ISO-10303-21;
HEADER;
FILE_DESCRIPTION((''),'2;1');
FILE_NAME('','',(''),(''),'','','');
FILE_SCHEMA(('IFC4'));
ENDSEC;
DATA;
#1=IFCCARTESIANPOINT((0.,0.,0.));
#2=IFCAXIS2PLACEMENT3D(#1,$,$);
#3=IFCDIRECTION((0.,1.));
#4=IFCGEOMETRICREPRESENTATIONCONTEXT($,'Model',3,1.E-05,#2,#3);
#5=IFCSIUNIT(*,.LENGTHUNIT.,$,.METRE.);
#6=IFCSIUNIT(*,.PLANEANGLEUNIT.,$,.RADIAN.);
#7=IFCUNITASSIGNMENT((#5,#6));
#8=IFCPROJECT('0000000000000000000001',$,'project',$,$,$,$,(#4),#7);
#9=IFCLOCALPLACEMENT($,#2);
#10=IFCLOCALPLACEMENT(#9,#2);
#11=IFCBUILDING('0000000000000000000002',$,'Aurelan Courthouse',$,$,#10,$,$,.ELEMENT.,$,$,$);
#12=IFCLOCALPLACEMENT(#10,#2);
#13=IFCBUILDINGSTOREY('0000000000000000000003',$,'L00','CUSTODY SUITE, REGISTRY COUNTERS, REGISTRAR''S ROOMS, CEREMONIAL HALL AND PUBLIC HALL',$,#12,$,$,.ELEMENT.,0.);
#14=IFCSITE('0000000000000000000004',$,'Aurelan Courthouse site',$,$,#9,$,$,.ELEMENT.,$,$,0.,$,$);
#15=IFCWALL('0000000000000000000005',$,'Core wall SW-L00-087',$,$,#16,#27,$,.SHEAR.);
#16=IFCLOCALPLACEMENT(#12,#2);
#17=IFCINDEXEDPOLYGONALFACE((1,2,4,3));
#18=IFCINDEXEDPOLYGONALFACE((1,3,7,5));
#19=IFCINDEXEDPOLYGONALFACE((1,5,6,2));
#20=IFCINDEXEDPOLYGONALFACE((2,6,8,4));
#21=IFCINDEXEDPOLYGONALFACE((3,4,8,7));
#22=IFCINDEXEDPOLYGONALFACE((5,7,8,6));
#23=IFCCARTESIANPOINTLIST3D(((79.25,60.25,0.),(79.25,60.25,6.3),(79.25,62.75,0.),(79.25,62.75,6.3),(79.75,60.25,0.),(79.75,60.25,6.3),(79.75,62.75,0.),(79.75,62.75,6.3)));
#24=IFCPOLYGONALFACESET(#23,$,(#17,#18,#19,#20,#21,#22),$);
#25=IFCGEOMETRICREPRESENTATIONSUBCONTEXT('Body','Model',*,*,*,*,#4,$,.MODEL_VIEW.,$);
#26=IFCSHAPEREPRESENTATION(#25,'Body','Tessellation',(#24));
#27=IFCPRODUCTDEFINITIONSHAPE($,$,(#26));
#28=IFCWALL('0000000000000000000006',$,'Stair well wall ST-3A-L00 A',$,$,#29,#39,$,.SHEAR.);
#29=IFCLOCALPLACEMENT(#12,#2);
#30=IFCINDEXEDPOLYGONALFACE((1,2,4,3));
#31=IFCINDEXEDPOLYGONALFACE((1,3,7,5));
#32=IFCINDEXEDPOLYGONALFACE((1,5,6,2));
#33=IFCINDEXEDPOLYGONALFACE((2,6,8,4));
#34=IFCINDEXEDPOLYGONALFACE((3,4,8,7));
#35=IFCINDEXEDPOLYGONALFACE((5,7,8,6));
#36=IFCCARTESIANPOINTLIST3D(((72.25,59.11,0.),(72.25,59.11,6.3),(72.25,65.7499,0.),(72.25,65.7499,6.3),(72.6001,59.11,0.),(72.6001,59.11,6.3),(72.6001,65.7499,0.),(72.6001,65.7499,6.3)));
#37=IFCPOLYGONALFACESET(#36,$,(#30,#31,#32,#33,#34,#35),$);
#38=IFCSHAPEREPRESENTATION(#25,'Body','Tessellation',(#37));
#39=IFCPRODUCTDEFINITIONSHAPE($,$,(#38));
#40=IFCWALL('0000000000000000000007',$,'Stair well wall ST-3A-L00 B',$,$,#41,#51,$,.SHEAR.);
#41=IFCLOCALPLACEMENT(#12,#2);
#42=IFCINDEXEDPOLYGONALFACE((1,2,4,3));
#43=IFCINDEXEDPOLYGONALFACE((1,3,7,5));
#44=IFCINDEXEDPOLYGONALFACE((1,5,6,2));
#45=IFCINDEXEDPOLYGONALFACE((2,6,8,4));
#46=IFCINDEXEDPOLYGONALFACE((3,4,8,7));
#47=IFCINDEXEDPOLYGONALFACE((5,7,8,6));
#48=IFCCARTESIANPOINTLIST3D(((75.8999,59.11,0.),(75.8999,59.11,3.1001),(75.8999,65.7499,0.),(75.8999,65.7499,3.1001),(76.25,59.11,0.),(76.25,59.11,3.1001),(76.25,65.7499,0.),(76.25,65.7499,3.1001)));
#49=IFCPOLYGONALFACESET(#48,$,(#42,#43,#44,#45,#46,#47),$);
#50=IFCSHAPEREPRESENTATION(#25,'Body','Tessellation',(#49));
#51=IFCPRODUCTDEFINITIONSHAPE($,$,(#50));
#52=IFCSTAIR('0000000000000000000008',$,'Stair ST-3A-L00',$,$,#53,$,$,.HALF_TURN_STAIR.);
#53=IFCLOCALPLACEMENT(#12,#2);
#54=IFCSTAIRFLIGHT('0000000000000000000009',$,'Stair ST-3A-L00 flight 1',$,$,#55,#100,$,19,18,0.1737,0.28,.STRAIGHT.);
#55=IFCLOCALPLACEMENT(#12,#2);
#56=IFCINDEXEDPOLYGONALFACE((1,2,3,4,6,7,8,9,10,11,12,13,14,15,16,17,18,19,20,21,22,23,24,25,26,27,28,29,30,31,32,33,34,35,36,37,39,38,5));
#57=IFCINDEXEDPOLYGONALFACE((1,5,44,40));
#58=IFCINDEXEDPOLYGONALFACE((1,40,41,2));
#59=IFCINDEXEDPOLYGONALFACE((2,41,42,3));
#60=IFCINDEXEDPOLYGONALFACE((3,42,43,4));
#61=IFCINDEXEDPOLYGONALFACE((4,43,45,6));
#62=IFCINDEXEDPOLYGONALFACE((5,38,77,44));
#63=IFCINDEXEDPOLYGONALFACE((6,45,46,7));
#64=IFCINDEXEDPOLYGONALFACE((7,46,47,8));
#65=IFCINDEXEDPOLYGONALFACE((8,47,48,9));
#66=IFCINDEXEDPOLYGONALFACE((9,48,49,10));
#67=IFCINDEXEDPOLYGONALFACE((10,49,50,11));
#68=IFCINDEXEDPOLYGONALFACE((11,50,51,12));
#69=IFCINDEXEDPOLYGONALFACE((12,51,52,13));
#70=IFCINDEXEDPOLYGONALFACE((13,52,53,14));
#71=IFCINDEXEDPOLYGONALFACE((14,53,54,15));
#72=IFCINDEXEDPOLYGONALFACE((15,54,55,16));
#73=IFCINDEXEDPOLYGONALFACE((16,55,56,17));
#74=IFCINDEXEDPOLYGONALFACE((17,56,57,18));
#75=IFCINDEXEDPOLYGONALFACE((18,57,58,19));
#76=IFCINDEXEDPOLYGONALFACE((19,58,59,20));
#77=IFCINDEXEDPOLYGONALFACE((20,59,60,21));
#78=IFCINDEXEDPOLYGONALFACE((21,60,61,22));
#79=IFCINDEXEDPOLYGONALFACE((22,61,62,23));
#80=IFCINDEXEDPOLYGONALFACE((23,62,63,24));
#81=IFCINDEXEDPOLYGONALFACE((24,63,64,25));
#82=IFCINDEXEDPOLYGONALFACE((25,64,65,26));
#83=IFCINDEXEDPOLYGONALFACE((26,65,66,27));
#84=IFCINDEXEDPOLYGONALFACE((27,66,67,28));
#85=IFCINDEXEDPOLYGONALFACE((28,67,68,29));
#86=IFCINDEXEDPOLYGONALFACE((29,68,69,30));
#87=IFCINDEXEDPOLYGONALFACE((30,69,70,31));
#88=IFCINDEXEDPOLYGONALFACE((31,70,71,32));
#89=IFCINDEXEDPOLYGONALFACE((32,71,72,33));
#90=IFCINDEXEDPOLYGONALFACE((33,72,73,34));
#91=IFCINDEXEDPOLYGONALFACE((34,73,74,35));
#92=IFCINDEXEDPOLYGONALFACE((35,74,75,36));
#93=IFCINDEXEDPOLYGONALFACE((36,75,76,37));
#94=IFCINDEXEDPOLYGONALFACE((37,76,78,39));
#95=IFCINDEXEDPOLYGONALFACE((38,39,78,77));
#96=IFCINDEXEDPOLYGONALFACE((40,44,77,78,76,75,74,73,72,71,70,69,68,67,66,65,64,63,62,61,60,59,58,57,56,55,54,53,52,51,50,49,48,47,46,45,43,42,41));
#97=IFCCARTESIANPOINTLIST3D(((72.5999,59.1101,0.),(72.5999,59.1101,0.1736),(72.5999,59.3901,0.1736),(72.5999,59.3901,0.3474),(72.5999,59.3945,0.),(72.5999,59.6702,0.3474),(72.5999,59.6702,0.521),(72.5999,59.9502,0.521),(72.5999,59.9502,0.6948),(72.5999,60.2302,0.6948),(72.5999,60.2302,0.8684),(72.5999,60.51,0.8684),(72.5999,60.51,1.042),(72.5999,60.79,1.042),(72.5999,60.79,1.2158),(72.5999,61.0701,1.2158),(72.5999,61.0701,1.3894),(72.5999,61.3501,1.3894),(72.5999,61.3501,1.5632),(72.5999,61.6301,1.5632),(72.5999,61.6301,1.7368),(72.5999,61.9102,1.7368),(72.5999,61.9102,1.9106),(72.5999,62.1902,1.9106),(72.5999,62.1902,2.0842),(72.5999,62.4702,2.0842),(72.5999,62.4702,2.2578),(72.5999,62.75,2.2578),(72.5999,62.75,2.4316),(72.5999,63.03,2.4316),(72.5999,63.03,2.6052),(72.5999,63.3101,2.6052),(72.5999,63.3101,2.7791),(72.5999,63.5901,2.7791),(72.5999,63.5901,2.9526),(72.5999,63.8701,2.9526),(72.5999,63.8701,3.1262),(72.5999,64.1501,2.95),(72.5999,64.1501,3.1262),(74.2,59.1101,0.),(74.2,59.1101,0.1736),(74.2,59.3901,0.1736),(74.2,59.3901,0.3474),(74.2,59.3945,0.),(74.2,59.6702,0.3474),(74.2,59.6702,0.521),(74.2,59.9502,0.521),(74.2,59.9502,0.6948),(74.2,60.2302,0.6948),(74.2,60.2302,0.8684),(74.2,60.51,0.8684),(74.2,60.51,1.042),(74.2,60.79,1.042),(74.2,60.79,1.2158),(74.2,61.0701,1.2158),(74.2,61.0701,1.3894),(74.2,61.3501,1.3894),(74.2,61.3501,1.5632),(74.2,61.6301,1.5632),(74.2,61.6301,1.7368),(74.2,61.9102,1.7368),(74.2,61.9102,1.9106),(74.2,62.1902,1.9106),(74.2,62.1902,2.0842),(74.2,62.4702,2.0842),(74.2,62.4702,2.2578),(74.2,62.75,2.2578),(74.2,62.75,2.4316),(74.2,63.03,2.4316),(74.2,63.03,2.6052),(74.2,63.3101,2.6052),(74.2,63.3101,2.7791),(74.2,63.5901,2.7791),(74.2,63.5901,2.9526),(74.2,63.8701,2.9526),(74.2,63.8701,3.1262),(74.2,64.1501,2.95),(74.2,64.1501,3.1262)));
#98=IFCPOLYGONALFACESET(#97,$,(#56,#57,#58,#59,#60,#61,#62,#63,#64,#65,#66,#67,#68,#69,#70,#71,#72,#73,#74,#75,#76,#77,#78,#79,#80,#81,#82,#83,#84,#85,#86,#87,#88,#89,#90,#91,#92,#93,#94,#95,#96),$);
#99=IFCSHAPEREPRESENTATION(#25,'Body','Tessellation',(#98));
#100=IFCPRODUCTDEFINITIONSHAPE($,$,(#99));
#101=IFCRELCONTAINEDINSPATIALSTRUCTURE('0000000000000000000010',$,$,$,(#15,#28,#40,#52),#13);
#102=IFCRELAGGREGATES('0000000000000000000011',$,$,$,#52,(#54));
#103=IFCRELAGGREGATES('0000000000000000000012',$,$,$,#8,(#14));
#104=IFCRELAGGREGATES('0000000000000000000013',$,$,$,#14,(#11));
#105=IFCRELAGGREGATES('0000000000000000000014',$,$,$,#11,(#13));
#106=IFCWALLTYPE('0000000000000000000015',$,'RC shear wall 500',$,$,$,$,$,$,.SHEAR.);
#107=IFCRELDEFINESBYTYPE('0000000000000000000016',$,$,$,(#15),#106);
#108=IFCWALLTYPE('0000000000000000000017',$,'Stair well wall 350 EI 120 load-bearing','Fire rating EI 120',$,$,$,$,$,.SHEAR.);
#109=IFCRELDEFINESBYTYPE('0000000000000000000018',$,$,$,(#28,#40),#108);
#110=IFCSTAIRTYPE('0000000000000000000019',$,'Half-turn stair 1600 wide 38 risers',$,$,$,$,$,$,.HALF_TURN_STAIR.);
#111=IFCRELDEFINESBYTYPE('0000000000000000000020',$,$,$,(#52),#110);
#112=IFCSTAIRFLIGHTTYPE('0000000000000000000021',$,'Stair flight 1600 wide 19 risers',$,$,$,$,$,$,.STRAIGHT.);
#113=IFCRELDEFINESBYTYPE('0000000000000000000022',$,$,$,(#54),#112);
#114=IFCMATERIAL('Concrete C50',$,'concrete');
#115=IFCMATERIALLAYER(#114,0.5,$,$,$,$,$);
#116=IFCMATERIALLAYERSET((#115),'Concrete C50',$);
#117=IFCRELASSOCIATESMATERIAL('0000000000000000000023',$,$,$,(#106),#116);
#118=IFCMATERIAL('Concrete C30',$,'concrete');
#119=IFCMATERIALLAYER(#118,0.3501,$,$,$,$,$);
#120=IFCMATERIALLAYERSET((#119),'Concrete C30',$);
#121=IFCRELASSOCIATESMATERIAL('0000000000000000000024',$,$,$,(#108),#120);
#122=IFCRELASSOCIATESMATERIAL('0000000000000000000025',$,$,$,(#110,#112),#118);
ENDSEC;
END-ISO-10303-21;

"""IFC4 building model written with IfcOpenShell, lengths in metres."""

from ifc_helpers import new_model, si_unit, direction, frame, frame_2d, origin, place, context, subcontext, project, spatial, polyline, rectangle, outline, extrude, material, layer, layer_set, type_object, element, aggregate, save


model = new_model("IFC4")

# Units and contexts
model_context = context("Model", 3, precision=1e-05, world=origin(), true_north=direction((0.0, 1.0)))
body_context = subcontext(model_context, "Body", "Model", "MODEL_VIEW")
ifc_project = project(units=[si_unit("LENGTHUNIT", "METRE"), si_unit("PLANEANGLEUNIT", "RADIAN")], contexts=[model_context])

# Site, building, storey
site_placement = place(None, origin())
site = spatial("IfcSite", under=ifc_project, at=site_placement, Name="Aurelan Courthouse site", CompositionType="ELEMENT", RefElevation=0.0)
building_placement = place(site_placement, origin())
building = spatial("IfcBuilding", under=site, at=building_placement, Name="Aurelan Courthouse", CompositionType="ELEMENT")
storey_placement = place(building_placement, origin())
storey = spatial("IfcBuildingStorey", under=building, at=storey_placement, Name="L00", Description="CUSTODY SUITE, REGISTRY COUNTERS, REGISTRAR'S ROOMS, CEREMONIAL HALL AND PUBLIC HALL", CompositionType="ELEMENT", Elevation=0.0)

# Shared definitions
ifc_material_1 = material(Name="Concrete C50", Category="concrete")
ifc_layer_1 = layer(ifc_material_1, 0.5)
ifc_layer_set_1 = layer_set([ifc_layer_1], Name="Concrete C50")
wall_type_1 = type_object("IfcWallType", Name="RC shear wall 500", PredefinedType="SHEAR", material=ifc_layer_set_1)

# Walls
wall_1_placement = place(storey_placement, frame((79.5, 60.25, 0.0), z_axis=(0.0, 0.0, 1.0), x_axis=(0.0, 1.0, 0.0)))
element("IfcWall", 1, at=wall_1_placement, inside=storey, type_object=wall_type_1, Name="Core wall SW-L00-087", PredefinedType="SHEAR", context=body_context, shape_type="SweptSolid", body=[
    extrude(rectangle(XDim=2.5, YDim=0.5, at=frame_2d((1.25, 0.0))), origin(), (0.0, 0.0, 1.0), 6.3),
])
ifc_material_2 = material(Name="Concrete C30", Category="concrete")
ifc_layer_2 = layer(ifc_material_2, 0.3501)
ifc_layer_set_2 = layer_set([ifc_layer_2], Name="Concrete C30")
wall_type_2 = type_object("IfcWallType", Name="Stair well wall 350 EI 120 load-bearing", Description="Fire rating EI 120", PredefinedType="SHEAR", material=ifc_layer_set_2)
wall_2_placement = place(storey_placement, frame((72.425, 59.1101, 0.0), z_axis=(0.0, 0.0, 1.0), x_axis=(0.0, 1.0, 0.0)))
element("IfcWall", 2, at=wall_2_placement, inside=storey, type_object=wall_type_2, Name="Stair well wall ST-3A-L00 A", PredefinedType="SHEAR", context=body_context, shape_type="SweptSolid", body=[
    extrude(rectangle(XDim=6.6399, YDim=0.3501, at=frame_2d((3.3198, 0.0))), origin(), (0.0, 0.0, 1.0), 6.3),
])
wall_3_placement = place(storey_placement, frame((76.075, 59.1101, 0.0), z_axis=(0.0, 0.0, 1.0), x_axis=(0.0, 1.0, 0.0)))
element("IfcWall", 3, at=wall_3_placement, inside=storey, type_object=wall_type_2, Name="Stair well wall ST-3A-L00 B", PredefinedType="SHEAR", context=body_context, shape_type="SweptSolid", body=[
    extrude(rectangle(XDim=6.6399, YDim=0.3501, at=frame_2d((3.3198, 0.0))), origin(), (0.0, 0.0, 1.0), 3.1001),
])

# Stair, stair flight
stair_type = type_object("IfcStairType", Name="Half-turn stair 1600 wide 38 risers", PredefinedType="HALF_TURN_STAIR", material=ifc_material_2)
stair_placement = place(storey_placement, origin())
stair = element("IfcStair", 4, at=stair_placement, inside=storey, type_object=stair_type, Name="Stair ST-3A-L00", PredefinedType="HALF_TURN_STAIR")
stair_flight_type = type_object("IfcStairFlightType", Name="Stair flight 1600 wide 19 risers", PredefinedType="STRAIGHT", material=ifc_material_2)
stair_flight_placement = place(storey_placement, frame((73.3999, 59.1101, 0.0), z_axis=(0.0, 0.0, 1.0), x_axis=(0.0, 1.0, 0.0)))
stair_flight = element("IfcStairFlight", 5, at=stair_flight_placement, type_object=stair_flight_type, Name="Stair ST-3A-L00 flight 1", NumberOfRisers=19, NumberOfTreads=18, PredefinedType="STRAIGHT", RiserHeight=0.1737, TreadLength=0.28, context=body_context, shape_type="SweptSolid", body=[
    extrude(outline(polyline([(0.0, 0.0), (0.0, 0.1736), (0.28, 0.1736), (0.28, 0.3474), (0.5601, 0.3474), (0.5601, 0.521), (0.8401, 0.521), (0.8401, 0.6948), (1.1201, 0.6948), (1.1201, 0.8684), (1.3999, 0.8684), (1.3999, 1.042), (1.6799, 1.042), (1.6799, 1.2158), (1.96, 1.2158), (1.96, 1.3894), (2.24, 1.3894), (2.24, 1.5632), (2.52, 1.5632), (2.52, 1.7368), (2.8, 1.7368), (2.8, 1.9106), (3.0801, 1.9106), (3.0801, 2.0842), (3.3601, 2.0842), (3.3601, 2.2578), (3.6399, 2.2578), (3.6399, 2.4316), (3.9199, 2.4316), (3.9199, 2.6052), (4.2, 2.6052), (4.2, 2.7791), (4.48, 2.7791), (4.48, 2.9526), (4.76, 2.9526), (4.76, 3.1262), (5.04, 3.1262), (5.04, 3.3), (5.04, 2.95), (0.2844, 0.0), (0.0, 0.0)])), frame((0.0, 0.8, 0.0), z_axis=(0.0, -1.0, 0.0), x_axis=(1.0, 0.0, 0.0)), (0.0, 0.0, 1.0), 1.6001),
])
aggregate(stair, [stair_flight])

save(model, "model.ifc")
